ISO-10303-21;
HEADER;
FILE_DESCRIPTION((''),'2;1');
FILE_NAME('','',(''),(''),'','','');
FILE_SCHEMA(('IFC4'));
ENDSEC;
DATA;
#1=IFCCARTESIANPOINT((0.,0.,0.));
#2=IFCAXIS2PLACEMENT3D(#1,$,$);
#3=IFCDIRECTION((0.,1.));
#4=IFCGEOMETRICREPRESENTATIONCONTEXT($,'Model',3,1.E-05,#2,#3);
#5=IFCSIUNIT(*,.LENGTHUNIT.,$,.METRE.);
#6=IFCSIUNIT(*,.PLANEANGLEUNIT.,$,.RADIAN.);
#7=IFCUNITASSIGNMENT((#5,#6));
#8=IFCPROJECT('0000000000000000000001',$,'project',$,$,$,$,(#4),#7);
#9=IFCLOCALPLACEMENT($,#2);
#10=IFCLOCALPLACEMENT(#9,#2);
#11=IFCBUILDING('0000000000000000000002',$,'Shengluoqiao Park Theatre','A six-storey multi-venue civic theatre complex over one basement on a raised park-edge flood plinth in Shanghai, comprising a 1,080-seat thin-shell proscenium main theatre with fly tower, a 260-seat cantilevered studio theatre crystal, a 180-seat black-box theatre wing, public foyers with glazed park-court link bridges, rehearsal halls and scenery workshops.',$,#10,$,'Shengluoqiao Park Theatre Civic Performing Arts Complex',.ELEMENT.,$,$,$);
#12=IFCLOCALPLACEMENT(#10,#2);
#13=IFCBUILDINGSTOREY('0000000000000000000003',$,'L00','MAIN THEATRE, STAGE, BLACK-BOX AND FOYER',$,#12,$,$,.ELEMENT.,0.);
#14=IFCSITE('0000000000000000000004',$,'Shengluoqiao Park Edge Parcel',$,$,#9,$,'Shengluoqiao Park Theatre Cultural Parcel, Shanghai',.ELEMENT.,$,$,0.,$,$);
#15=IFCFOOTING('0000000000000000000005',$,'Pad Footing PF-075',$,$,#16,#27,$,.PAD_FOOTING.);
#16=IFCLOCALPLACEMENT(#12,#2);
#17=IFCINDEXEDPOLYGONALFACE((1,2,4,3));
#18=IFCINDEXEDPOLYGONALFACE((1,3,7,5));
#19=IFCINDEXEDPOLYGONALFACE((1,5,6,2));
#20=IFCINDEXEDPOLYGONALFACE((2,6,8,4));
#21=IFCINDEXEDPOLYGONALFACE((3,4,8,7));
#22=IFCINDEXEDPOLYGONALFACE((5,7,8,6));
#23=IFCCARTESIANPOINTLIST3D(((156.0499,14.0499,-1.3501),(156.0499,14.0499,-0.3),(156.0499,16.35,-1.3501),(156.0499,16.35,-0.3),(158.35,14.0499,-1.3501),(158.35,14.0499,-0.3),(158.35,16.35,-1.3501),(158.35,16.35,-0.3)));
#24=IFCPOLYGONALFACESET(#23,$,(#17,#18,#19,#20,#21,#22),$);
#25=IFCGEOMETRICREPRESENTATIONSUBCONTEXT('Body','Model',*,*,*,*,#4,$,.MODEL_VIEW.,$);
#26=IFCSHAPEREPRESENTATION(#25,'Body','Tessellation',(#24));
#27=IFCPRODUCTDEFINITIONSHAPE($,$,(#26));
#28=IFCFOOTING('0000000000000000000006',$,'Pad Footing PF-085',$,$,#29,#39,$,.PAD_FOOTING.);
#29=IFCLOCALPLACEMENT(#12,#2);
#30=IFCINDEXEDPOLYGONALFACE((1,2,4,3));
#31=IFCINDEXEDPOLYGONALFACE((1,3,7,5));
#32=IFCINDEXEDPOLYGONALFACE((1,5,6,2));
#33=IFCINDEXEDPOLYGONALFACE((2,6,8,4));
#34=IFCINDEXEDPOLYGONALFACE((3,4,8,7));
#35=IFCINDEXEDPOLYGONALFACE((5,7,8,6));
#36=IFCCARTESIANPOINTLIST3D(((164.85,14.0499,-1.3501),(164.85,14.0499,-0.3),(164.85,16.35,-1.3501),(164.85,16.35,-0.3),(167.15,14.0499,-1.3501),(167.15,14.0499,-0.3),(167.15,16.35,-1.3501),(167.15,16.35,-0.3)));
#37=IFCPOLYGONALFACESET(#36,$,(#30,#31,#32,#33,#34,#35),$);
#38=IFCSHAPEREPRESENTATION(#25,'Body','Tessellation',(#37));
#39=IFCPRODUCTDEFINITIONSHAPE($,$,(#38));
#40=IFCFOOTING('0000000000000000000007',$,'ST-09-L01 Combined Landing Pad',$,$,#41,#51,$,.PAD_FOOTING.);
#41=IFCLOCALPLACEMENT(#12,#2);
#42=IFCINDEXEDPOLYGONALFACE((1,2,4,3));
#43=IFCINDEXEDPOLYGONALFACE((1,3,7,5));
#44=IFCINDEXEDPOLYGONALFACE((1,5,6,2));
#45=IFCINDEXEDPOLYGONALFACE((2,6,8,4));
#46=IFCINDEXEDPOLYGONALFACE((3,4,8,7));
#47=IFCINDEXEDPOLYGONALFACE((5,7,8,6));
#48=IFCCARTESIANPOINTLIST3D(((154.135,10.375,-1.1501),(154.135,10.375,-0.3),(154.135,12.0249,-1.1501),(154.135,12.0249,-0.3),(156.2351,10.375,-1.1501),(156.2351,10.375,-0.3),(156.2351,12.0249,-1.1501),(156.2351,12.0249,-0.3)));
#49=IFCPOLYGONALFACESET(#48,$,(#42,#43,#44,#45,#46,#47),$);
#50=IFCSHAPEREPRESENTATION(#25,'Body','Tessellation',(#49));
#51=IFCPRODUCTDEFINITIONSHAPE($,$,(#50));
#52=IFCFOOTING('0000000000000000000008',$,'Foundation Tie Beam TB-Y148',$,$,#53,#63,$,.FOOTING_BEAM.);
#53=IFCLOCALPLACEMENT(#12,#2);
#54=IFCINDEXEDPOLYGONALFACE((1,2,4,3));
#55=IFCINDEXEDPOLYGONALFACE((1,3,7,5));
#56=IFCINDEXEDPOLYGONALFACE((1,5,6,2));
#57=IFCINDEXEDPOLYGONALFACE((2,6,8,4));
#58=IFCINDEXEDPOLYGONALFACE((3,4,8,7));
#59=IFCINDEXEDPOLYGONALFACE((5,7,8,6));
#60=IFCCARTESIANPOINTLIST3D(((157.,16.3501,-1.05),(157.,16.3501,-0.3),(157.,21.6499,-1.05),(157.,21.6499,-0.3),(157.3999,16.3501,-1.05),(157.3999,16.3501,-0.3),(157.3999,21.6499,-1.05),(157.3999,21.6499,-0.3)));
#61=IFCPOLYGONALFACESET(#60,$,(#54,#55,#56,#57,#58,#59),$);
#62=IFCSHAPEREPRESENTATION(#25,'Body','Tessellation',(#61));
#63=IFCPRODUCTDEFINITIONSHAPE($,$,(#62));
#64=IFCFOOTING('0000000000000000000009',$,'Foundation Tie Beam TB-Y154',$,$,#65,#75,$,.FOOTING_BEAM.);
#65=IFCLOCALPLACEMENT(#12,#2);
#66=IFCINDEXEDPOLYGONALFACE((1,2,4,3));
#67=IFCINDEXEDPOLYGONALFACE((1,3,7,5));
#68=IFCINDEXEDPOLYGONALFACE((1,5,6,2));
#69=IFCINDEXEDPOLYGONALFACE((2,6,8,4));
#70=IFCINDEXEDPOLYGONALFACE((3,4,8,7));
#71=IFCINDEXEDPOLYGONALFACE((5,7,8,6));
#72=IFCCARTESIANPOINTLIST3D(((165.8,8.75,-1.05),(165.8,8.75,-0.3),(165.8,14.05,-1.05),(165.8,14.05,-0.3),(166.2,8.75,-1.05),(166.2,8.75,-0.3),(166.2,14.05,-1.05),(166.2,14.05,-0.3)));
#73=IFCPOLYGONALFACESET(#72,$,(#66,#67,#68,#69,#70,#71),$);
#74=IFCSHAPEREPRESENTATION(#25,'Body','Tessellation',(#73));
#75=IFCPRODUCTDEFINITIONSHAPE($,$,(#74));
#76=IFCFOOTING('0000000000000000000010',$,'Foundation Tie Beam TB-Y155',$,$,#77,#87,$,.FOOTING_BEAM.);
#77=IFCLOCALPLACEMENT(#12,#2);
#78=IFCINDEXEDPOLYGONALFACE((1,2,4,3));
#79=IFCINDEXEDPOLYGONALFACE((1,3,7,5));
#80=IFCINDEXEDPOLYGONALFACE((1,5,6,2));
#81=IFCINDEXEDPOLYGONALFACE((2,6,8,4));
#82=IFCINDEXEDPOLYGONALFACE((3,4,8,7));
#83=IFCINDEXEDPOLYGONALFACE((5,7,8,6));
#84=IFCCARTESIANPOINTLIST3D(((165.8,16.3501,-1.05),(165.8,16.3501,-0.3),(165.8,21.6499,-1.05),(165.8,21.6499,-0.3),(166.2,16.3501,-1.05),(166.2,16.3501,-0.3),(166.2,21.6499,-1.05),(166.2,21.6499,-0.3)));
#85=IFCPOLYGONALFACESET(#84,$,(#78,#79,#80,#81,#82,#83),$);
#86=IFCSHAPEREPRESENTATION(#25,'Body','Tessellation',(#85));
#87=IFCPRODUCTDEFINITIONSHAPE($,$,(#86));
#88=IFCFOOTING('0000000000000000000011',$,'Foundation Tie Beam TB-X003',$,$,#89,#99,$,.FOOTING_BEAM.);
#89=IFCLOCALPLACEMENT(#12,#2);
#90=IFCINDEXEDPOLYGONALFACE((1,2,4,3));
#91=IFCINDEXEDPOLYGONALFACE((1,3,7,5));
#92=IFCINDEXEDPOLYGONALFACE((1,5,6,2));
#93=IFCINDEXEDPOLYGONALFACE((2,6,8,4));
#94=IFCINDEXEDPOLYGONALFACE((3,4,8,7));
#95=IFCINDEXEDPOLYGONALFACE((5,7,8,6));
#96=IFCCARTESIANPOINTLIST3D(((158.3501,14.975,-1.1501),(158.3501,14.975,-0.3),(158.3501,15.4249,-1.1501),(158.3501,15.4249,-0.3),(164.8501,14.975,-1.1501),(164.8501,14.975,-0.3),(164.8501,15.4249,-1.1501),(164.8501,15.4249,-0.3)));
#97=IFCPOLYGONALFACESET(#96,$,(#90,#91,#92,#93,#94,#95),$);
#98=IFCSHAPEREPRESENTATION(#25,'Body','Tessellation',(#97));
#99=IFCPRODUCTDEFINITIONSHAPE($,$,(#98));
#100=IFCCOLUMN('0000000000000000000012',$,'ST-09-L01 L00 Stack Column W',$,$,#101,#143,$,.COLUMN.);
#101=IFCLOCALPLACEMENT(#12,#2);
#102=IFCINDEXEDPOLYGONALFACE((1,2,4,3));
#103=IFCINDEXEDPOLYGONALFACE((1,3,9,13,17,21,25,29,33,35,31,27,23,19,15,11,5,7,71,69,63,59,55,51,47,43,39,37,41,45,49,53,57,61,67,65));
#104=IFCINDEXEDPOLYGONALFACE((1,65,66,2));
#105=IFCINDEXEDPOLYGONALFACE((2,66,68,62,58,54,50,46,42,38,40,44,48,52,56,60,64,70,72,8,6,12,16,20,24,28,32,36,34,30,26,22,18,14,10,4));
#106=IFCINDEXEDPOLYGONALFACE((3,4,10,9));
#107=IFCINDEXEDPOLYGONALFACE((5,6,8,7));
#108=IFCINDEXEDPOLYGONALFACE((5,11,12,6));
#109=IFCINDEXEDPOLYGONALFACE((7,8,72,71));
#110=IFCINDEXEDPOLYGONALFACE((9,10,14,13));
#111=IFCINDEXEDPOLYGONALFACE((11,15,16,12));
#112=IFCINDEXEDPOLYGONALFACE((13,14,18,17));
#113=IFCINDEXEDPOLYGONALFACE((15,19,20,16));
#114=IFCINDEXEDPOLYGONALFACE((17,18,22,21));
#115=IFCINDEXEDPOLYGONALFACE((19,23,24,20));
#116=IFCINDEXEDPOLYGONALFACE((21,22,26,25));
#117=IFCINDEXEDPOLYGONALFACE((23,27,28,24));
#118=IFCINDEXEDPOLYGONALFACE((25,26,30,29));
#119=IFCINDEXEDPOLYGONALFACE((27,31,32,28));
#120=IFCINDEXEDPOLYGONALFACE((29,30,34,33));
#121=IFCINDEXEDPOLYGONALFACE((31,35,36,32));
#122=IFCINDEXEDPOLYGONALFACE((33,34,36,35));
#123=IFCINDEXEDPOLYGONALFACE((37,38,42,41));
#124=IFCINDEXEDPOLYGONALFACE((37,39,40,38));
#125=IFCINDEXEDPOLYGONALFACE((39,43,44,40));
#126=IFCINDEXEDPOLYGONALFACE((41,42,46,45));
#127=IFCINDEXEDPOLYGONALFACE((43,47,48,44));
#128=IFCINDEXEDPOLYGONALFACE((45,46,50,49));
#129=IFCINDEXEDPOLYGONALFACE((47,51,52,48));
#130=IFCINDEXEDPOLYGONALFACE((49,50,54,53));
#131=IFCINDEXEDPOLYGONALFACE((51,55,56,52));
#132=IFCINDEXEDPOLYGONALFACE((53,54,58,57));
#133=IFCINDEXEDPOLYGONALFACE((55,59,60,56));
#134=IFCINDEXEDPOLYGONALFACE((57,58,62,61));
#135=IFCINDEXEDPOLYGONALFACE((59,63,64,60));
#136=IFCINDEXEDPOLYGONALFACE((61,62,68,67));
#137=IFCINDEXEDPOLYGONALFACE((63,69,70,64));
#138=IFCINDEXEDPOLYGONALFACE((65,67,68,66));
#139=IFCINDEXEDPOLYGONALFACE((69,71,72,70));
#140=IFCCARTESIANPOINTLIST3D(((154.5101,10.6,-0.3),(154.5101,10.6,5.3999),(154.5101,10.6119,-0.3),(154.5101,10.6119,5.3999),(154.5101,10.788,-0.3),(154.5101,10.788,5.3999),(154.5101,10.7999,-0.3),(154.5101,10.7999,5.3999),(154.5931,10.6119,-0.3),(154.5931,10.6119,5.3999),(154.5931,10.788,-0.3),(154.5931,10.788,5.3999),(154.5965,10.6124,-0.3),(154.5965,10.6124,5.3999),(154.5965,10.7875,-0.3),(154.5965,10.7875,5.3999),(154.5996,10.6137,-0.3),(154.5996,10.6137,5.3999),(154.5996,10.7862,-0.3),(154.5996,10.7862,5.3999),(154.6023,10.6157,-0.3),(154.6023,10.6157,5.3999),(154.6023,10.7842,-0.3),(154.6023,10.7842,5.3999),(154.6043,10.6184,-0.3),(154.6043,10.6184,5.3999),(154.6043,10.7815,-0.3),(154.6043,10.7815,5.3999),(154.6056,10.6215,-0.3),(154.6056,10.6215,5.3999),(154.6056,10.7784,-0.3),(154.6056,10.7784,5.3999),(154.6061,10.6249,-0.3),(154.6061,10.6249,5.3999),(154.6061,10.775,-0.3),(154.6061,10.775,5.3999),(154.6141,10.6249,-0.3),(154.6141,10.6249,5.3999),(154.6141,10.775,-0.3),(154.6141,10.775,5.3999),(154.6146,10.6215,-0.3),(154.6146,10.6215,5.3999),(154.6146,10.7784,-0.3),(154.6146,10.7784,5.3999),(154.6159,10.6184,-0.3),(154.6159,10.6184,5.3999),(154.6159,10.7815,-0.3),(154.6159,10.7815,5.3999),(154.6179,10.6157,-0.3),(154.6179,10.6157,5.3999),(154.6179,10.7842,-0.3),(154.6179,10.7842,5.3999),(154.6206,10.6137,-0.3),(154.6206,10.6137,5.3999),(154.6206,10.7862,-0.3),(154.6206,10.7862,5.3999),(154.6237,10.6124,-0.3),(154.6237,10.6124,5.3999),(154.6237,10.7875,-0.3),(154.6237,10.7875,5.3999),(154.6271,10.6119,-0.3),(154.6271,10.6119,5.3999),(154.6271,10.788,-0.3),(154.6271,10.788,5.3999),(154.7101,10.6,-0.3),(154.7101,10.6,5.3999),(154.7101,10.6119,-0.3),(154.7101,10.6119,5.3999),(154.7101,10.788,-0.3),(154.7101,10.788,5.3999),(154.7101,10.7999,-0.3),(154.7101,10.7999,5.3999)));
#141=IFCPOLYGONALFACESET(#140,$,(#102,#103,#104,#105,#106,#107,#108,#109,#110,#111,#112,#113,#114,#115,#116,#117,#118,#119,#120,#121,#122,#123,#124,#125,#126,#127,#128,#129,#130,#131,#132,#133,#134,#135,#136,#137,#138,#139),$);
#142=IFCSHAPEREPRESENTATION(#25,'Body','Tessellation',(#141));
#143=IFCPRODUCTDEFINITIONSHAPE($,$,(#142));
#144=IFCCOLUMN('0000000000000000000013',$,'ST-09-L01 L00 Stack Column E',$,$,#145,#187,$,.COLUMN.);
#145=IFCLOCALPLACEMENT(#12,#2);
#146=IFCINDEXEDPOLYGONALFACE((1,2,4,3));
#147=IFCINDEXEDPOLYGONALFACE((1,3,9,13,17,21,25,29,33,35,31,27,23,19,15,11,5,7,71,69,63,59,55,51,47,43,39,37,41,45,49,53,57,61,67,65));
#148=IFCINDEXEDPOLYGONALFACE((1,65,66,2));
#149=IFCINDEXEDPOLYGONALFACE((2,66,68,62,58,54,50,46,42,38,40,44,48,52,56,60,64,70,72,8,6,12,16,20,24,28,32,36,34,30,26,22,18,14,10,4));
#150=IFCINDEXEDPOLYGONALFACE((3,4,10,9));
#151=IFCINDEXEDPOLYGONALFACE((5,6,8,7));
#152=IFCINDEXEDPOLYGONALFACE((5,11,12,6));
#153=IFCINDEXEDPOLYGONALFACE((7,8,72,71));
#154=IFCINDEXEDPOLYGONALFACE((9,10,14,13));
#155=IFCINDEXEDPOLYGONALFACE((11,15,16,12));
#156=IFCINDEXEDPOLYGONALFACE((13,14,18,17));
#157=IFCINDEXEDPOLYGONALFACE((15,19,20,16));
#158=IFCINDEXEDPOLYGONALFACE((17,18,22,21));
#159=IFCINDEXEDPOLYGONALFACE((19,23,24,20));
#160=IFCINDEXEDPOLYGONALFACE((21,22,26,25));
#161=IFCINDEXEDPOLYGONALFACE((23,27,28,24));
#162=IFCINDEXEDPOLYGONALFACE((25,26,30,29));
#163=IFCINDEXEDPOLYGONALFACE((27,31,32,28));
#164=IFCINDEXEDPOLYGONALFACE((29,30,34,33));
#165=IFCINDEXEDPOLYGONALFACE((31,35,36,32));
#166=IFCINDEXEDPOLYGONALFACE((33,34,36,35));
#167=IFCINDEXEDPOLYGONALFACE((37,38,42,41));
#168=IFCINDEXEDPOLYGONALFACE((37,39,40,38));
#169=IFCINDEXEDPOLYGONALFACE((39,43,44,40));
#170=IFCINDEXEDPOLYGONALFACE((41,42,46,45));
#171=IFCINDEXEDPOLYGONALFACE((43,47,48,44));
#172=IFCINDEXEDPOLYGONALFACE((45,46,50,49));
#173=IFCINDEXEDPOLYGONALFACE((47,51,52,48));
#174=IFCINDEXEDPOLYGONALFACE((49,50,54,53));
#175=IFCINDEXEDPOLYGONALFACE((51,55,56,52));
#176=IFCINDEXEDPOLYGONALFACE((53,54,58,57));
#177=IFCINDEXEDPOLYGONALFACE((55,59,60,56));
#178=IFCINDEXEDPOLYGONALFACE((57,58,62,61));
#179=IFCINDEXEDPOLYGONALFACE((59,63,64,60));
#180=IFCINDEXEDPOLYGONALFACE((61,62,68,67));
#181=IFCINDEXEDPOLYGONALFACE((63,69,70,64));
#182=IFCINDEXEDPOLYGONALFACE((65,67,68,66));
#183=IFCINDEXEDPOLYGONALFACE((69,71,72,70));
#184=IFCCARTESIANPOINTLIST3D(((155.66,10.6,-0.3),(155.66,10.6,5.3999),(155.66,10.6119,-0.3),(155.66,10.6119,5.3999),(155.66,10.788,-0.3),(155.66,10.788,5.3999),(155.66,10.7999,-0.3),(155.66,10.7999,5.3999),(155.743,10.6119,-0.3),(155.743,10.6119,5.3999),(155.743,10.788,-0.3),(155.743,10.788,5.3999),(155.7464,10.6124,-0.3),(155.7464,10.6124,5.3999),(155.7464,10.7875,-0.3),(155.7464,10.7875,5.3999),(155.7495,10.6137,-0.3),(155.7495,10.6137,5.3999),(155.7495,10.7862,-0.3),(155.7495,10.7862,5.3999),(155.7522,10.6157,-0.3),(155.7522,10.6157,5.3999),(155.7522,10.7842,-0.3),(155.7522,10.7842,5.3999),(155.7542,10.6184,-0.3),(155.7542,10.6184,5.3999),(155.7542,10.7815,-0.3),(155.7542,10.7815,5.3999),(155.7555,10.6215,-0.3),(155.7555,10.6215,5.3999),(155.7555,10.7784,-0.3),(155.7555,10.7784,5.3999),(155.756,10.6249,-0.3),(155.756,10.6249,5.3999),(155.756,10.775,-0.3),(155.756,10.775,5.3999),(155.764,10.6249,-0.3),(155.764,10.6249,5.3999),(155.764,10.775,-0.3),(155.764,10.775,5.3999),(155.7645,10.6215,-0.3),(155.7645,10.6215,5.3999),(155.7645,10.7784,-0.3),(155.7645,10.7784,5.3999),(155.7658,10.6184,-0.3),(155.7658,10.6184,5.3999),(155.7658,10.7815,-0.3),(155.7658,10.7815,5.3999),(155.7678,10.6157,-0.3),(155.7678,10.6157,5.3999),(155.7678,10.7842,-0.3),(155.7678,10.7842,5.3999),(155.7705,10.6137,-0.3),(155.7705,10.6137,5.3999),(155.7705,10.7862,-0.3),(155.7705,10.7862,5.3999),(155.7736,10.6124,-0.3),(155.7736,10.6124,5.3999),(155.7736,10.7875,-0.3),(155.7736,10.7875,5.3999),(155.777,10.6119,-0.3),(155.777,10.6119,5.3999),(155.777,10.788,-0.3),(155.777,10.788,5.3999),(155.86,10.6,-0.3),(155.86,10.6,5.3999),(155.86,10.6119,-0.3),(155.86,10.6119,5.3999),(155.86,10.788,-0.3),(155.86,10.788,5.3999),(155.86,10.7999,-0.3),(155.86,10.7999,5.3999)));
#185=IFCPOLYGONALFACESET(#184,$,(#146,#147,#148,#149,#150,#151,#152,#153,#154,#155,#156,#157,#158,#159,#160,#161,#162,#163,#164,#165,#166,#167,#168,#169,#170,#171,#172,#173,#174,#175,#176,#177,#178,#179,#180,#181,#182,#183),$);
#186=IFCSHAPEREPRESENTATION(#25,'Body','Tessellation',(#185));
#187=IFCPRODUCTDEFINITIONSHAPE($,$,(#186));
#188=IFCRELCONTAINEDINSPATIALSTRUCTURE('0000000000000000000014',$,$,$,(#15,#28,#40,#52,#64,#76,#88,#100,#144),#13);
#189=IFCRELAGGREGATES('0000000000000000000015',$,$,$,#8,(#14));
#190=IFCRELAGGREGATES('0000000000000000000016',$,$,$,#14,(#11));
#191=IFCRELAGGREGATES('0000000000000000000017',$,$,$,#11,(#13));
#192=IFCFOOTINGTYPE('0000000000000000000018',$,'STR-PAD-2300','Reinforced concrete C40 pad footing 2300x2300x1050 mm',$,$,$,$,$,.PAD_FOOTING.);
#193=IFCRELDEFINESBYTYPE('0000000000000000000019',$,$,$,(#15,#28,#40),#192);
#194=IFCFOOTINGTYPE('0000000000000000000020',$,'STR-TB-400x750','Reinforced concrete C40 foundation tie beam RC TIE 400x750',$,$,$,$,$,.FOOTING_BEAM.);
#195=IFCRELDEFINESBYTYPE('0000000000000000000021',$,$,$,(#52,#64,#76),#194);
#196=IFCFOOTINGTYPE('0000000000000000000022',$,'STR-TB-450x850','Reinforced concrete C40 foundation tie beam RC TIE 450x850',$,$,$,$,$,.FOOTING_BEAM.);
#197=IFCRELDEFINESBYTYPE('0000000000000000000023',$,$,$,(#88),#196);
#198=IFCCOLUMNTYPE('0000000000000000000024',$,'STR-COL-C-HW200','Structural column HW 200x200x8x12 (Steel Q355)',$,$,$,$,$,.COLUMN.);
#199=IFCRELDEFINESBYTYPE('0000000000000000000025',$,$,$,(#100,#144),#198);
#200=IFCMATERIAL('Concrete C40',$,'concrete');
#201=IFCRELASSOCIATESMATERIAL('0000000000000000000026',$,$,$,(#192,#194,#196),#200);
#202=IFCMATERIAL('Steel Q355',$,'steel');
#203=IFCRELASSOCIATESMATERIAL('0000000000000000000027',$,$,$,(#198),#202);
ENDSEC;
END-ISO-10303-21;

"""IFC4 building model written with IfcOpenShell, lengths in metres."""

from ifc_helpers import new_model, si_unit, direction, frame, origin, origin_2d, place, context, subcontext, project, spatial, rectangle, i_section, extrude, material, material_profile, profile_set, type_object, element, save


model = new_model("IFC4")

# Units and contexts
model_context = context("Model", 3, precision=1e-05, world=origin(), true_north=direction((0.0, 1.0)))
body_context = subcontext(model_context, "Body", "Model", "MODEL_VIEW")
ifc_project = project(units=[si_unit("LENGTHUNIT", "METRE"), si_unit("PLANEANGLEUNIT", "RADIAN")], contexts=[model_context])

# Site, building, storey
site_placement = place(None, origin())
site = spatial("IfcSite", under=ifc_project, at=site_placement, Name="Shengluoqiao Park Edge Parcel", LongName="Shengluoqiao Park Theatre Cultural Parcel, Shanghai", CompositionType="ELEMENT", RefElevation=0.0)
building_placement = place(site_placement, origin())
building = spatial("IfcBuilding", under=site, at=building_placement, Name="Shengluoqiao Park Theatre", Description="A six-storey multi-venue civic theatre complex over one basement on a raised park-edge flood plinth in Shanghai, comprising a 1,080-seat thin-shell proscenium main theatre with fly tower, a 260-seat cantilevered studio theatre crystal, a 180-seat black-box theatre wing, public foyers with glazed park-court link bridges, rehearsal halls and scenery workshops.", LongName="Shengluoqiao Park Theatre Civic Performing Arts Complex", CompositionType="ELEMENT")
storey_placement = place(building_placement, origin())
storey = spatial("IfcBuildingStorey", under=building, at=storey_placement, Name="L00", Description="MAIN THEATRE, STAGE, BLACK-BOX AND FOYER", CompositionType="ELEMENT", Elevation=0.0)

# Footings
ifc_material_1 = material(Name="Concrete C40", Category="concrete")
footing_type_1 = type_object("IfcFootingType", Name="STR-PAD-2300", Description="Reinforced concrete C40 pad footing 2300x2300x1050 mm", PredefinedType="PAD_FOOTING", material=ifc_material_1)
for number, where, z_axis, x_axis, name in (
    (1, (157.2, 15.2, -1.3501), (0.0, 0.0, 1.0), (1.0, 0.0, 0.0), "Pad Footing PF-075"),
    (2, (166.0, 15.2, -1.3501), (0.0, 0.0, 1.0), (1.0, 0.0, 0.0), "Pad Footing PF-085"),
):
    element("IfcFooting", number, at=place(storey_placement, frame(where, z_axis=z_axis, x_axis=x_axis)), inside=storey, type_object=footing_type_1, Name=name, PredefinedType="PAD_FOOTING", context=body_context, shape_type="SweptSolid", body=[
        extrude(rectangle(XDim=2.3, YDim=2.3, at=origin_2d()), origin(), (0.0, 0.0, 1.0), 1.05),
    ])
footing_1_placement = place(storey_placement, frame((155.1851, 11.2, -1.1501), z_axis=(0.0, 0.0, 1.0), x_axis=(1.0, 0.0, 0.0)))
element("IfcFooting", 3, at=footing_1_placement, inside=storey, type_object=footing_type_1, Name="ST-09-L01 Combined Landing Pad", PredefinedType="PAD_FOOTING", context=body_context, shape_type="SweptSolid", body=[
    extrude(rectangle(XDim=2.1001, YDim=1.6499, at=origin_2d()), origin(), (0.0, 0.0, 1.0), 0.8501),
])
ifc_material_profile_1 = material_profile(ifc_material_1, rectangle(XDim=0.3999, YDim=0.75, at=origin_2d()), Name="RC TIE 400x750")
ifc_profile_set_1 = profile_set([ifc_material_profile_1], Name="Concrete C40")
footing_type_2 = type_object("IfcFootingType", Name="STR-TB-400x750", Description="Reinforced concrete C40 foundation tie beam RC TIE 400x750", PredefinedType="FOOTING_BEAM", material=ifc_profile_set_1)
footing_2_placement = place(storey_placement, frame((157.2, 16.3501, -0.675), z_axis=(0.0, 1.0, 0.0), x_axis=(-1.0, 0.0, 0.0)))
element("IfcFooting", 4, at=footing_2_placement, inside=storey, type_object=footing_type_2, Name="Foundation Tie Beam TB-Y148", PredefinedType="FOOTING_BEAM", context=body_context, shape_type="SweptSolid", body=[
    extrude(rectangle(XDim=0.3999, YDim=0.75, at=origin_2d()), origin(), (0.0, 0.0, 1.0), 5.2998),
])
footing_3_placement = place(storey_placement, frame((166.0, 8.75, -0.675), z_axis=(0.0, 1.0, 0.0), x_axis=(-1.0, 0.0, 0.0)))
element("IfcFooting", 5, at=footing_3_placement, inside=storey, type_object=footing_type_2, Name="Foundation Tie Beam TB-Y154", PredefinedType="FOOTING_BEAM", context=body_context, shape_type="SweptSolid", body=[
    extrude(rectangle(XDim=0.3999, YDim=0.75, at=origin_2d()), origin(), (0.0, 0.0, 1.0), 5.3),
])
footing_4_placement = place(storey_placement, frame((166.0, 16.3501, -0.675), z_axis=(0.0, 1.0, 0.0), x_axis=(-1.0, 0.0, 0.0)))
element("IfcFooting", 6, at=footing_4_placement, inside=storey, type_object=footing_type_2, Name="Foundation Tie Beam TB-Y155", PredefinedType="FOOTING_BEAM", context=body_context, shape_type="SweptSolid", body=[
    extrude(rectangle(XDim=0.3999, YDim=0.75, at=origin_2d()), origin(), (0.0, 0.0, 1.0), 5.2998),
])
ifc_material_profile_2 = material_profile(ifc_material_1, rectangle(XDim=0.45, YDim=0.8501, at=origin_2d()), Name="RC TIE 450x850")
ifc_profile_set_2 = profile_set([ifc_material_profile_2], Name="Concrete C40")
footing_type_3 = type_object("IfcFootingType", Name="STR-TB-450x850", Description="Reinforced concrete C40 foundation tie beam RC TIE 450x850", PredefinedType="FOOTING_BEAM", material=ifc_profile_set_2)
footing_5_placement = place(storey_placement, frame((158.3501, 15.2, -0.7251), z_axis=(1.0, 0.0, 0.0), x_axis=(0.0, 1.0, 0.0)))
element("IfcFooting", 7, at=footing_5_placement, inside=storey, type_object=footing_type_3, Name="Foundation Tie Beam TB-X003", PredefinedType="FOOTING_BEAM", context=body_context, shape_type="SweptSolid", body=[
    extrude(rectangle(XDim=0.45, YDim=0.8501, at=origin_2d()), origin(), (0.0, 0.0, 1.0), 6.5),
])

# Columns
ifc_material_2 = material(Name="Steel Q355", Category="steel")
ifc_material_profile_3 = material_profile(ifc_material_2, i_section(OverallWidth=0.2, OverallDepth=0.2, WebThickness=0.0081, FlangeThickness=0.012, FilletRadius=0.0129, at=origin_2d()), Name="HW 200x200x8x12")
ifc_profile_set_3 = profile_set([ifc_material_profile_3], Name="Steel Q355")
column_type_1 = type_object("IfcColumnType", Name="STR-COL-C-HW200", Description="Structural column HW 200x200x8x12 (Steel Q355)", PredefinedType="COLUMN", material=ifc_profile_set_3)
for number, where, z_axis, x_axis, name in (
    (8, (154.6101, 10.7, -0.3), (0.0, 0.0, 1.0), (1.0, 0.0, 0.0), "ST-09-L01 L00 Stack Column W"),
    (9, (155.76, 10.7, -0.3), (0.0, 0.0, 1.0), (1.0, 0.0, 0.0), "ST-09-L01 L00 Stack Column E"),
):
    element("IfcColumn", number, at=place(storey_placement, frame(where, z_axis=z_axis, x_axis=x_axis)), inside=storey, type_object=column_type_1, Name=name, PredefinedType="COLUMN", context=body_context, shape_type="SweptSolid", body=[
        extrude(i_section(OverallWidth=0.2, OverallDepth=0.2, WebThickness=0.0081, FlangeThickness=0.012, FilletRadius=0.0129, at=origin_2d()), origin(), (0.0, 0.0, 1.0), 5.7),
    ])

save(model, "model.ifc")
